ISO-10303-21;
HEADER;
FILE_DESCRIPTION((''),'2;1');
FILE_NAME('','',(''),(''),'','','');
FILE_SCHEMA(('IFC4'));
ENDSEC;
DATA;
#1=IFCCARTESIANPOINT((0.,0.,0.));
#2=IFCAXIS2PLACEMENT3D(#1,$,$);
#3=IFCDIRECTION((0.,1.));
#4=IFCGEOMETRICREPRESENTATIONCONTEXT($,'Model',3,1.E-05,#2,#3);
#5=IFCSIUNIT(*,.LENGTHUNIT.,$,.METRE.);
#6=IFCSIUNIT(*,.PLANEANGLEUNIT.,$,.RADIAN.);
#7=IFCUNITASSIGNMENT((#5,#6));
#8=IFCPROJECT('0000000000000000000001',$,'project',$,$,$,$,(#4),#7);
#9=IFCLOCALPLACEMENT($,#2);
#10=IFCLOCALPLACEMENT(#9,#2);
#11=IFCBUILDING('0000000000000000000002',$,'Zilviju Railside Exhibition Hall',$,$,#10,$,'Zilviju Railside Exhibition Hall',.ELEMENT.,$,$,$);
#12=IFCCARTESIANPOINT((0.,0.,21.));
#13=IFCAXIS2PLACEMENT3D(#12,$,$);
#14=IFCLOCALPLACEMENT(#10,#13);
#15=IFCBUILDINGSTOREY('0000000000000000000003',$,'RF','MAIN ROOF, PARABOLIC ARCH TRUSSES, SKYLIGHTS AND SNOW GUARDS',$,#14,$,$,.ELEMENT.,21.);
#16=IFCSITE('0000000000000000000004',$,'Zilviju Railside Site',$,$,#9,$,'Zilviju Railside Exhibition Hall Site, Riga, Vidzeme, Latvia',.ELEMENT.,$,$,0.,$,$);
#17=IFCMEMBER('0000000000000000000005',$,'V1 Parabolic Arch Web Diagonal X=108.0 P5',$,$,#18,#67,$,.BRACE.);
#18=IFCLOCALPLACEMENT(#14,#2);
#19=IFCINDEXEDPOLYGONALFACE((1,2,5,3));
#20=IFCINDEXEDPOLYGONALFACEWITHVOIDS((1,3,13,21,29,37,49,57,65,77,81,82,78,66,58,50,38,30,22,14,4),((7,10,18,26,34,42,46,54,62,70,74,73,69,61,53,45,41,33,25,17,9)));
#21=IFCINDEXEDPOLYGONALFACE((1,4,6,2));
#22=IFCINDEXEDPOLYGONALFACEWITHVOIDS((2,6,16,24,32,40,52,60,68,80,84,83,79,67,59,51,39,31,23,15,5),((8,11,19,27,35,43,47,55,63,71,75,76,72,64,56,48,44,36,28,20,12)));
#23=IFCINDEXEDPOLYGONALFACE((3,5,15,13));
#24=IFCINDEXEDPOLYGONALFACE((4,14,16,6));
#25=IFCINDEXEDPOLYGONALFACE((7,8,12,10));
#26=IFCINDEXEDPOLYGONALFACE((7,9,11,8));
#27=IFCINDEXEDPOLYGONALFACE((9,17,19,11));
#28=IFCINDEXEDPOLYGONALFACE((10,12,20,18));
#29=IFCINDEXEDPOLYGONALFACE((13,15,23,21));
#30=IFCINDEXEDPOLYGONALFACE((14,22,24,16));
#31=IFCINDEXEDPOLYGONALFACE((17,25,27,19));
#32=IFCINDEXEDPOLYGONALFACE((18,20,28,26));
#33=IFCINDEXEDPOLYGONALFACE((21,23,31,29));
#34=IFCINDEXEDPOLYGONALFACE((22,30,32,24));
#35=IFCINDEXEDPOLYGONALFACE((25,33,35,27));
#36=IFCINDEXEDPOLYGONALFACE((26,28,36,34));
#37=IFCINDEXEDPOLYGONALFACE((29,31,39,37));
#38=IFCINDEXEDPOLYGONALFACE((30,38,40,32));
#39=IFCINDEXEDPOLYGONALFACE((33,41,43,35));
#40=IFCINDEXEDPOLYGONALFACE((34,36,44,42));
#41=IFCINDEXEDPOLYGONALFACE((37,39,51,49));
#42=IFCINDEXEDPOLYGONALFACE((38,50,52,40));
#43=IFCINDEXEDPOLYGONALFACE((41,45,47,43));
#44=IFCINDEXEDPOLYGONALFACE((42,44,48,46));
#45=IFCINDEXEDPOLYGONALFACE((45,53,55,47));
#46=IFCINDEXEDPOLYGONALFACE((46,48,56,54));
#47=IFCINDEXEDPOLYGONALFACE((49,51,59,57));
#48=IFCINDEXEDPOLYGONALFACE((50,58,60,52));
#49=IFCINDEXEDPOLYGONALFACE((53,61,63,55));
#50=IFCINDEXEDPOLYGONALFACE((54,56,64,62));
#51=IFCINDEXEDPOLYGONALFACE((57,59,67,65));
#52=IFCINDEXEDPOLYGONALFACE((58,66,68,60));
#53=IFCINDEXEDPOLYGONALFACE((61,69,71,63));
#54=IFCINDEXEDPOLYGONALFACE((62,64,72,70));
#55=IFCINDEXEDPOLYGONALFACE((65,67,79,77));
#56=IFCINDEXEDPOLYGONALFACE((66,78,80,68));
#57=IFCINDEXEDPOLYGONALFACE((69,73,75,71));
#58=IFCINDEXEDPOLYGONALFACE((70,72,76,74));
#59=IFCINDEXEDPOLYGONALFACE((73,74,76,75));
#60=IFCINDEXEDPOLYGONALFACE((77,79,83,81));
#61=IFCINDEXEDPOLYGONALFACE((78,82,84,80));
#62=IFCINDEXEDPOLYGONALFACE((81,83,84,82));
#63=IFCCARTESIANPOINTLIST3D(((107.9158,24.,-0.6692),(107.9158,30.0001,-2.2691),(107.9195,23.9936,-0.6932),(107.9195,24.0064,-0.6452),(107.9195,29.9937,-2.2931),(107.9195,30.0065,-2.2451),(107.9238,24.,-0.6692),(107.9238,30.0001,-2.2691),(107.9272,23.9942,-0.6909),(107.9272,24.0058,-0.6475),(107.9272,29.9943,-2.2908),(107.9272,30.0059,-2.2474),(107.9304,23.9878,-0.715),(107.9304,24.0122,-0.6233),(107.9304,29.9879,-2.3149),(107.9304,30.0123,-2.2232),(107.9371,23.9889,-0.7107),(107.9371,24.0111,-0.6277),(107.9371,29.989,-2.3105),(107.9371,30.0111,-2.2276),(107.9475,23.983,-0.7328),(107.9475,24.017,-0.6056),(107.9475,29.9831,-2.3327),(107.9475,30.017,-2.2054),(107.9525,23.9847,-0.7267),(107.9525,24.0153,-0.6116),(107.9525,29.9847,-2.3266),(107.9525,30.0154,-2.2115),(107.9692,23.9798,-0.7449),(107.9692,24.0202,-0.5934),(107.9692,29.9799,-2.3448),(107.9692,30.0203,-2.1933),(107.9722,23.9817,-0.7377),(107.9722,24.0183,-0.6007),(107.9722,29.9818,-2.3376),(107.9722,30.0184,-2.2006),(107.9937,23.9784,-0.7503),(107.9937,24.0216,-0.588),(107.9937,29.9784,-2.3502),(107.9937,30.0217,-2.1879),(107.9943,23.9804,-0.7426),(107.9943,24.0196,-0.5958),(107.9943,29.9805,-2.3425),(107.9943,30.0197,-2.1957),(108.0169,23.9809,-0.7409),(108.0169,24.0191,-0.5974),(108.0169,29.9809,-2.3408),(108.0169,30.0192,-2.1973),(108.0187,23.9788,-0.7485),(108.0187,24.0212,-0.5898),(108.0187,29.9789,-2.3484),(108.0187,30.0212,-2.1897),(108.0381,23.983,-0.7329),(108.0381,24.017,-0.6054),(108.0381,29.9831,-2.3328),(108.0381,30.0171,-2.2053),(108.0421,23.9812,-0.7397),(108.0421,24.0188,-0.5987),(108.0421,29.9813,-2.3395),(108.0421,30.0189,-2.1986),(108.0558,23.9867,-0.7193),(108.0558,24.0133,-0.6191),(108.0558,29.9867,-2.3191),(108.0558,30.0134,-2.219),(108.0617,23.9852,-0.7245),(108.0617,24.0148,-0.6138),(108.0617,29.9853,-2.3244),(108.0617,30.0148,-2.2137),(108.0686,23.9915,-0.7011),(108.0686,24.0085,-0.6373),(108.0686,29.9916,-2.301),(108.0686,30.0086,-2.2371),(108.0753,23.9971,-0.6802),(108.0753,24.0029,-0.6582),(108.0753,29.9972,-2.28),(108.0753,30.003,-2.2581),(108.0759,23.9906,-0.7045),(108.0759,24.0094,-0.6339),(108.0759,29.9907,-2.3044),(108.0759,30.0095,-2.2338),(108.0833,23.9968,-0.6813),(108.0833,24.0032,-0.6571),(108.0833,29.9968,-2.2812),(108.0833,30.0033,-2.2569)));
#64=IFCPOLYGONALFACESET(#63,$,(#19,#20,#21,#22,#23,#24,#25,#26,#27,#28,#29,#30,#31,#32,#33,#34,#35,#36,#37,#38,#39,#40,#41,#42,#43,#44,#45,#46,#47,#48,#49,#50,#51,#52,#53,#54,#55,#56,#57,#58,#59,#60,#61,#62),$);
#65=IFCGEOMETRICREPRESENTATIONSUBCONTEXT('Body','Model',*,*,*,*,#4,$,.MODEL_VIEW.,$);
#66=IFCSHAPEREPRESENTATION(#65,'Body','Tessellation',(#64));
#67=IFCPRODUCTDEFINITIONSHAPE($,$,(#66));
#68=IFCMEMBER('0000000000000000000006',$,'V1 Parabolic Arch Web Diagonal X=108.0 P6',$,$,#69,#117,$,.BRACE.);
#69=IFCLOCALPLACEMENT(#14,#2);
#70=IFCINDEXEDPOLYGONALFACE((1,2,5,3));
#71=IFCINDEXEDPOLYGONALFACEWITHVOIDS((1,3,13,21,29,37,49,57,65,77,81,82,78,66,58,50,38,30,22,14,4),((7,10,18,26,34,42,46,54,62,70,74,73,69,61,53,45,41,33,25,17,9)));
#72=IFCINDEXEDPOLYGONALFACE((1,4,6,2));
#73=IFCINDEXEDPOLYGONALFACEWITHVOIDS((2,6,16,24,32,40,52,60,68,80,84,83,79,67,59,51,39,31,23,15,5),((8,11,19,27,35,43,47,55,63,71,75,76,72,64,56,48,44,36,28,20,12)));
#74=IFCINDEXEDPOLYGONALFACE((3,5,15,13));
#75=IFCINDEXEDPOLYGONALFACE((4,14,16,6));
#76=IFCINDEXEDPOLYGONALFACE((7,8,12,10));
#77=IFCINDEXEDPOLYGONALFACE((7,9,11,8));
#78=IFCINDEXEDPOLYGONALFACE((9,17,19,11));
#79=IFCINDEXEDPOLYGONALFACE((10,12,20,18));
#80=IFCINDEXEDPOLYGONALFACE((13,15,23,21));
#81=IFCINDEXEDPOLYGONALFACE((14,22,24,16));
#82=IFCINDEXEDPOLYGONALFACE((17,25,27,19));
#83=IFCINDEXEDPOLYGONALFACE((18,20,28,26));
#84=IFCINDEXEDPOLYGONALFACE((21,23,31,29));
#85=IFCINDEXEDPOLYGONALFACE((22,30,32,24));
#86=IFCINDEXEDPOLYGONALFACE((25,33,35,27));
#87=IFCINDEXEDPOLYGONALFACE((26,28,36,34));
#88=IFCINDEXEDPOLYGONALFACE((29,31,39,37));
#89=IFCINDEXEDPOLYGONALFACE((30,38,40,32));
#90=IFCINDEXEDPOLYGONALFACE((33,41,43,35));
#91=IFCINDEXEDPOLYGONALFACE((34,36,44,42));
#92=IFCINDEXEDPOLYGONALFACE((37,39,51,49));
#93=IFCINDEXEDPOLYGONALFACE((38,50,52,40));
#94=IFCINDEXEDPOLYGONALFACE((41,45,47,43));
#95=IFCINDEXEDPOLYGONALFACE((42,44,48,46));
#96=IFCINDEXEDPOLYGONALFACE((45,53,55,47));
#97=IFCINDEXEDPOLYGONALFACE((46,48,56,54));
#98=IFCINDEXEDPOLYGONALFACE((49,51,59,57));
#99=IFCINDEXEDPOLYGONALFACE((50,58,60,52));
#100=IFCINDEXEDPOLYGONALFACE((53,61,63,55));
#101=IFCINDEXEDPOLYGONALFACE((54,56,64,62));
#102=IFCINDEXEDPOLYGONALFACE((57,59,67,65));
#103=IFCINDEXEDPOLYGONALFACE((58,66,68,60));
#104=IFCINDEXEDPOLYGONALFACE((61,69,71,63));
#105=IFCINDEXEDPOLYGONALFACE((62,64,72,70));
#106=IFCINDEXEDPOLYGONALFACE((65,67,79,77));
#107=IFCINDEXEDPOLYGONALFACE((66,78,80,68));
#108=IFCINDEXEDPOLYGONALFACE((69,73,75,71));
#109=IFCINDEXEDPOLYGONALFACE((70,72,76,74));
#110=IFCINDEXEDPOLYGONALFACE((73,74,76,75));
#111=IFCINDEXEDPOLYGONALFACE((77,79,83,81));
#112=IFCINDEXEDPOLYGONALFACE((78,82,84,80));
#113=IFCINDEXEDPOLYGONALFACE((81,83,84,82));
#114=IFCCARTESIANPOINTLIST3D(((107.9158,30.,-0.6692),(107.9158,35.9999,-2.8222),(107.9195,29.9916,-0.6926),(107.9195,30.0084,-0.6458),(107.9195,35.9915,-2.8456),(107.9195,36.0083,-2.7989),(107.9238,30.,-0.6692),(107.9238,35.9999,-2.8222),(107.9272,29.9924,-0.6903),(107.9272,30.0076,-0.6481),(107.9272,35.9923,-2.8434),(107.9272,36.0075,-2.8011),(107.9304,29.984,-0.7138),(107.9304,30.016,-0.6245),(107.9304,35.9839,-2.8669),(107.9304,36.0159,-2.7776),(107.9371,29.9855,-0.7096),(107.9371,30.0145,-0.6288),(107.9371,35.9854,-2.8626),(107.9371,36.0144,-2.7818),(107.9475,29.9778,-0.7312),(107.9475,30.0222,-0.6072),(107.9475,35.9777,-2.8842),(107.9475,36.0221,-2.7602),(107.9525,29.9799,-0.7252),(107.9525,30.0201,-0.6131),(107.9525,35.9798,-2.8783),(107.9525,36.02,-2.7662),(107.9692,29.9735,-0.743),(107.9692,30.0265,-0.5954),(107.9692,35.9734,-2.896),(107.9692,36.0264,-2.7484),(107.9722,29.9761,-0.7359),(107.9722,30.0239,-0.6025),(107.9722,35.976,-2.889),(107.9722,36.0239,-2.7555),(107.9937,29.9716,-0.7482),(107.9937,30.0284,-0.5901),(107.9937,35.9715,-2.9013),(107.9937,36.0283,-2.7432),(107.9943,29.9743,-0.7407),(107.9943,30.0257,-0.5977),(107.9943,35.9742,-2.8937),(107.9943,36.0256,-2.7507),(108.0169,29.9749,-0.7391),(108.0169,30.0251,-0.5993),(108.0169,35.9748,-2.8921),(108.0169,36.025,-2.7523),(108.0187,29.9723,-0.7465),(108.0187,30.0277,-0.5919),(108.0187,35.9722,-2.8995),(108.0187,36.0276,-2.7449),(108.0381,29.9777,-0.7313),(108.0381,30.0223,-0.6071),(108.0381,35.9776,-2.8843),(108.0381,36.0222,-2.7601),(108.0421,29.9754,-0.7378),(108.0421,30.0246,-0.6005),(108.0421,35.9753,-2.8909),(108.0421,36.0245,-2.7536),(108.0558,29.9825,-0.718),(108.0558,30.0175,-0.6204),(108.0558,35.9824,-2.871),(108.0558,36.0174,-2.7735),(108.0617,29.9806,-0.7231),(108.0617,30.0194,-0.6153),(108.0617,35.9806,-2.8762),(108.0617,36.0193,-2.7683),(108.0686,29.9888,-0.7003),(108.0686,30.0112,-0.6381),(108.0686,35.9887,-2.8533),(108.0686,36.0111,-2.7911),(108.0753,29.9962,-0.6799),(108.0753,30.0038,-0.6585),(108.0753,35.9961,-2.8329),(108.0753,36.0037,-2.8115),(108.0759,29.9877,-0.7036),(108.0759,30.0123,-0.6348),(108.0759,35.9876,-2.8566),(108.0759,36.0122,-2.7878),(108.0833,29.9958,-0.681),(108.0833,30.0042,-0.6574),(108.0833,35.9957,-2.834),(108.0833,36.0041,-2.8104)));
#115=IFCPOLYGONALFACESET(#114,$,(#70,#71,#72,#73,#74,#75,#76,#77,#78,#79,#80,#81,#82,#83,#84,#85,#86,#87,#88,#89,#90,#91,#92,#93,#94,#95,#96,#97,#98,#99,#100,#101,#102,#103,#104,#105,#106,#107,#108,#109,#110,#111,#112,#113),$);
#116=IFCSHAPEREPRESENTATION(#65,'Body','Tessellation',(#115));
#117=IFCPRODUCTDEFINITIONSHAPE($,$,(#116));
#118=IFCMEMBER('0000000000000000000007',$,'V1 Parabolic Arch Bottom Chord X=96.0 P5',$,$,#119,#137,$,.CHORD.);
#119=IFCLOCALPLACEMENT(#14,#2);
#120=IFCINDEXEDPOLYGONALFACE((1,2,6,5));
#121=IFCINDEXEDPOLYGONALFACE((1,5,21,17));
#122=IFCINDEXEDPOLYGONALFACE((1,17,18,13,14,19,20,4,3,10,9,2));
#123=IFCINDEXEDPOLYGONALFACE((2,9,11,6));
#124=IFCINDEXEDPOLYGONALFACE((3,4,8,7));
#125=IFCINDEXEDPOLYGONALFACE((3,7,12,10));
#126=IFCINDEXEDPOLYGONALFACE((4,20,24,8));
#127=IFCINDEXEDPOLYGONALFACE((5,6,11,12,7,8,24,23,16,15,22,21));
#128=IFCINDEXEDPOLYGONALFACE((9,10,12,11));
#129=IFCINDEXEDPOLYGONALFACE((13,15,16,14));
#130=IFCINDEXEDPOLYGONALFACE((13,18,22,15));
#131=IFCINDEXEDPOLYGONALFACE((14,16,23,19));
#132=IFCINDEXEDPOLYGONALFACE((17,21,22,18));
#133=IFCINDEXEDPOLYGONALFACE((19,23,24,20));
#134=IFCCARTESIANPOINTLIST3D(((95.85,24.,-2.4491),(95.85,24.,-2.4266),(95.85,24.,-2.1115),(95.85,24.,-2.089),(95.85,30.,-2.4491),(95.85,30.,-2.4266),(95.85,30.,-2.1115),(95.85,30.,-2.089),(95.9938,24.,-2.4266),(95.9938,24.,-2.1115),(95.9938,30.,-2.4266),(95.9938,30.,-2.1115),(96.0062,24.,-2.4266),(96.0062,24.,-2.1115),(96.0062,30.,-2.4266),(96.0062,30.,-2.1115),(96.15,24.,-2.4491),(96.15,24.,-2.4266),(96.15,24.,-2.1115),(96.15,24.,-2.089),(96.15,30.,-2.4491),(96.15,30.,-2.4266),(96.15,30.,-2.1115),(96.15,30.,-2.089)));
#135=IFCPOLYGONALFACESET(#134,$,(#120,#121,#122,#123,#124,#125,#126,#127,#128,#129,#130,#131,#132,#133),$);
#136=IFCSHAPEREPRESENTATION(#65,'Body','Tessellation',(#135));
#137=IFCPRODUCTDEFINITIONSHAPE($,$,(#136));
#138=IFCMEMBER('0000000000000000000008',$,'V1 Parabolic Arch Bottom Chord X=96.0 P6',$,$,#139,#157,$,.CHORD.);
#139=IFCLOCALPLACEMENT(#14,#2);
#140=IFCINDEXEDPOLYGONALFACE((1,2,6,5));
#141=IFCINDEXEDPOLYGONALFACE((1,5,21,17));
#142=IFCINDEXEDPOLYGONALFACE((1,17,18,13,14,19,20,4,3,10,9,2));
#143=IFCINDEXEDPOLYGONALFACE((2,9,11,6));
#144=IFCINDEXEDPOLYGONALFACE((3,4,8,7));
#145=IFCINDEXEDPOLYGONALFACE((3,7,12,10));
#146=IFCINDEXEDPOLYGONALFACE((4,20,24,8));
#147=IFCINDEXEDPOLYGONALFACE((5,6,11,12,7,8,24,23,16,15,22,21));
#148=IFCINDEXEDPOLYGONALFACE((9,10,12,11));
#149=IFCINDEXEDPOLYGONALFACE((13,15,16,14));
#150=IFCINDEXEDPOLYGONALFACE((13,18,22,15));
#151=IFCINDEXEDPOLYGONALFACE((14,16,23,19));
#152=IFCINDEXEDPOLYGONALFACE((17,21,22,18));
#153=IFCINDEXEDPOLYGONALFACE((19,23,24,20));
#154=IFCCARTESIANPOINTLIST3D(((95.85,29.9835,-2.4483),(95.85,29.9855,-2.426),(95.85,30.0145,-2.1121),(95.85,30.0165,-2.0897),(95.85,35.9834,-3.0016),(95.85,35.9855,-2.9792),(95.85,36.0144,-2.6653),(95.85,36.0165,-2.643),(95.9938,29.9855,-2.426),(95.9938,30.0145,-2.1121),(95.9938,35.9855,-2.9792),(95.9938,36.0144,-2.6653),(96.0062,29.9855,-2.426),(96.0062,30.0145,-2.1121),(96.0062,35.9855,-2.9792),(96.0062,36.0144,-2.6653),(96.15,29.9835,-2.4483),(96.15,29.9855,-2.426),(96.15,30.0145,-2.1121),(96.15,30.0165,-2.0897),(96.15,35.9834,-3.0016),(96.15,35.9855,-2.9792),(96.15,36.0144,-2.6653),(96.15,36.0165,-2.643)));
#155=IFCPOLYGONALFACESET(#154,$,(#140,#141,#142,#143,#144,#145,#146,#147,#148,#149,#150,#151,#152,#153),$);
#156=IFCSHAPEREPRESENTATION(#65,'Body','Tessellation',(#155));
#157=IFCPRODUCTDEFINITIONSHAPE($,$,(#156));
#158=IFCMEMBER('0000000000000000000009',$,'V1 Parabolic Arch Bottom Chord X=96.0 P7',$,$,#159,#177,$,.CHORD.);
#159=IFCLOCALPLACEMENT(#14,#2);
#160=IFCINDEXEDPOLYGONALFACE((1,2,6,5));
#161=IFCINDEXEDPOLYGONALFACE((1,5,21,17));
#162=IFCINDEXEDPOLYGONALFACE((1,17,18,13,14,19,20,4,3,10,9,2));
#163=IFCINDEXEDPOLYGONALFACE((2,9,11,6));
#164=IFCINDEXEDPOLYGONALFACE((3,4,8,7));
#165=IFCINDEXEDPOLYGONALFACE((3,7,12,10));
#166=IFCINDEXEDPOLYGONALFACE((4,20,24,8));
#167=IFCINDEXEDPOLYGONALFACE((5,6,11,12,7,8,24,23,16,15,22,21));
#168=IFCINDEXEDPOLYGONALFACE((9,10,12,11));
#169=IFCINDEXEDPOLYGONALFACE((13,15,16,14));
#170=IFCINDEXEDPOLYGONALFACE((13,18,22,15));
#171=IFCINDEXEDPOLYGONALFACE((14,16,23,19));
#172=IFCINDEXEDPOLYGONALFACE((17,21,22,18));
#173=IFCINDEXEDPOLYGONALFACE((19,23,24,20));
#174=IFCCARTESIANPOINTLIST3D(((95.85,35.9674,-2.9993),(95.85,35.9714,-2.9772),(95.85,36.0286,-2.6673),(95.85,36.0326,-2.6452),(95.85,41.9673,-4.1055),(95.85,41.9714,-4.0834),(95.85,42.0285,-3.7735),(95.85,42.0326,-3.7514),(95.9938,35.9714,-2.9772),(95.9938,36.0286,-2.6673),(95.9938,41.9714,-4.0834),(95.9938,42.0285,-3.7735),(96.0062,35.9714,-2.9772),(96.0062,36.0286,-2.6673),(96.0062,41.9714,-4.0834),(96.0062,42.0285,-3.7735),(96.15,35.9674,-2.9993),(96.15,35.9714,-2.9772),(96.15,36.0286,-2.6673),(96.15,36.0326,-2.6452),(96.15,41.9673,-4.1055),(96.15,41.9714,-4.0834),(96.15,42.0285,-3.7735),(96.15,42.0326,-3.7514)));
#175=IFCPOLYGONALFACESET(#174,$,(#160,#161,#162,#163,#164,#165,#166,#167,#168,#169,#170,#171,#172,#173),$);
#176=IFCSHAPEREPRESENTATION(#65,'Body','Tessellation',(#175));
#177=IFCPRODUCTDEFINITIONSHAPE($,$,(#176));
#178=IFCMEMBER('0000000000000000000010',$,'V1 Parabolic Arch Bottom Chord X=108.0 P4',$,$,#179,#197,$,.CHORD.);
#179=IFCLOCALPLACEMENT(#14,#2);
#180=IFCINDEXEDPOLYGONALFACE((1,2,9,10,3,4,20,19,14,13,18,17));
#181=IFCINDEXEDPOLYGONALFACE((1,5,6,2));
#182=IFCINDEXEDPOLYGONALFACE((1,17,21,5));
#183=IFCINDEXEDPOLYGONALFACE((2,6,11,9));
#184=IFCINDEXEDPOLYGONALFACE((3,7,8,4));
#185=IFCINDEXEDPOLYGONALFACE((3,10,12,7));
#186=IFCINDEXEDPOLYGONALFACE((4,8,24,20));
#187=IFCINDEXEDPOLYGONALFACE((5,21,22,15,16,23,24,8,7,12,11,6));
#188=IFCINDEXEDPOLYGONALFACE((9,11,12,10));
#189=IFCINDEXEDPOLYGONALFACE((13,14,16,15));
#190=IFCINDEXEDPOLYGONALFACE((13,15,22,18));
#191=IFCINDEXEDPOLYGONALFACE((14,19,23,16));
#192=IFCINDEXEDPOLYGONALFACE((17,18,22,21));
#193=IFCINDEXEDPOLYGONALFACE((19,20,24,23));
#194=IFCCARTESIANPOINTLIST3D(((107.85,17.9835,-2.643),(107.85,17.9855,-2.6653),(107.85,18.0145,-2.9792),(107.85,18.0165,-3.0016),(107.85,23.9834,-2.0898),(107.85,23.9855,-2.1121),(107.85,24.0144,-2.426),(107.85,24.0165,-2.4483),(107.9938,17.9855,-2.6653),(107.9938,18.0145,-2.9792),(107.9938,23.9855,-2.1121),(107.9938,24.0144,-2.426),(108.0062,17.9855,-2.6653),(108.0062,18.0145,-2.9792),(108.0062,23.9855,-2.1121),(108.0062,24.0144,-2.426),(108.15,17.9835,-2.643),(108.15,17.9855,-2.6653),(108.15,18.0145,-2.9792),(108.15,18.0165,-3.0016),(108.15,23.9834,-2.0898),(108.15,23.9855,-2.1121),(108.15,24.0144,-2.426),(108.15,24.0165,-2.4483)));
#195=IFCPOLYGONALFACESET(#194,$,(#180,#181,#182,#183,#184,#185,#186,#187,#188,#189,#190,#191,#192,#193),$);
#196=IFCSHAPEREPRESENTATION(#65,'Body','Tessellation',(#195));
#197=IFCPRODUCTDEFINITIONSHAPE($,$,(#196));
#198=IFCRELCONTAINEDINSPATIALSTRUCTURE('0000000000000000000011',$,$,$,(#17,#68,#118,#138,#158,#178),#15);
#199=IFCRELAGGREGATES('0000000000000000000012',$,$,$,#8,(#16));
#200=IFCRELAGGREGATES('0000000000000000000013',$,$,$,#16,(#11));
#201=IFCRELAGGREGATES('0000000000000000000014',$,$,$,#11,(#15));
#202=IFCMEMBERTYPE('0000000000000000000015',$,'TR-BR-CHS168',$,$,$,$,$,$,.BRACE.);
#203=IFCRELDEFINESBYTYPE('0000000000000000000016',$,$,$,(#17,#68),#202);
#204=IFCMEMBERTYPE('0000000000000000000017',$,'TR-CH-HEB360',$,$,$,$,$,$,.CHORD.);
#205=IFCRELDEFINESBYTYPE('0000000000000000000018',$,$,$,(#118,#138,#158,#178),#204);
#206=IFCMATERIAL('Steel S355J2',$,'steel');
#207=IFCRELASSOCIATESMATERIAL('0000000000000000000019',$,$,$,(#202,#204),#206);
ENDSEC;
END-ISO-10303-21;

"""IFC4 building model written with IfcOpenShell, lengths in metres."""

from ifc_helpers import new_model, si_unit, direction, frame, origin, origin_2d, place, context, subcontext, project, spatial, hollow_circle, i_section, extrude, material, material_profile, profile_set, type_object, element, save


model = new_model("IFC4")

# Units and contexts
model_context = context("Model", 3, precision=1e-05, world=origin(), true_north=direction((0.0, 1.0)))
body_context = subcontext(model_context, "Body", "Model", "MODEL_VIEW")
ifc_project = project(units=[si_unit("LENGTHUNIT", "METRE"), si_unit("PLANEANGLEUNIT", "RADIAN")], contexts=[model_context])

# Site, building, storey
site_placement = place(None, origin())
site = spatial("IfcSite", under=ifc_project, at=site_placement, Name="Zilviju Railside Site", LongName="Zilviju Railside Exhibition Hall Site, Riga, Vidzeme, Latvia", CompositionType="ELEMENT", RefElevation=0.0)
building_placement = place(site_placement, origin())
building = spatial("IfcBuilding", under=site, at=building_placement, Name="Zilviju Railside Exhibition Hall", LongName="Zilviju Railside Exhibition Hall", CompositionType="ELEMENT")
storey_placement = place(building_placement, frame((0.0, 0.0, 21.0)))
storey = spatial("IfcBuildingStorey", under=building, at=storey_placement, Name="RF", Description="MAIN ROOF, PARABOLIC ARCH TRUSSES, SKYLIGHTS AND SNOW GUARDS", CompositionType="ELEMENT", Elevation=21.0)

# Members
ifc_material_1 = material(Name="Steel S355J2", Category="steel")
ifc_material_profile_1 = material_profile(ifc_material_1, hollow_circle(Radius=0.0842, WallThickness=0.0081, at=origin_2d()), Name="CHS 168.3x8.0")
ifc_profile_set_1 = profile_set([ifc_material_profile_1], Name="Steel S355J2")
member_type_1 = type_object("IfcMemberType", Name="TR-BR-CHS168", PredefinedType="BRACE", material=ifc_profile_set_1)
member_1_placement = place(storey_placement, frame((108.0, 24.0, -0.6692), z_axis=(0.0, 0.966241, -0.257641), x_axis=(-1.0, 0.0, 0.0)))
element("IfcMember", 1, at=member_1_placement, inside=storey, type_object=member_type_1, Name="V1 Parabolic Arch Web Diagonal X=108.0 P5", PredefinedType="BRACE", context=body_context, shape_type="SweptSolid", body=[
    extrude(hollow_circle(Radius=0.0842, WallThickness=0.0081, at=origin_2d()), origin(), (0.0, 0.0, 1.0), 6.2097),
])
member_2_placement = place(storey_placement, frame((108.0, 30.0, -0.6692), z_axis=(0.0, 0.941233, -0.337758), x_axis=(-1.0, 0.0, 0.0)))
element("IfcMember", 2, at=member_2_placement, inside=storey, type_object=member_type_1, Name="V1 Parabolic Arch Web Diagonal X=108.0 P6", PredefinedType="BRACE", context=body_context, shape_type="SweptSolid", body=[
    extrude(hollow_circle(Radius=0.0842, WallThickness=0.0081, at=origin_2d()), origin(), (0.0, 0.0, 1.0), 6.3745),
])
ifc_material_profile_2 = material_profile(ifc_material_1, i_section(OverallWidth=0.3, OverallDepth=0.3601, WebThickness=0.0125, FlangeThickness=0.0225, at=origin_2d()), Name="HEB 360")
ifc_profile_set_2 = profile_set([ifc_material_profile_2], Name="Steel S355J2")
member_type_2 = type_object("IfcMemberType", Name="TR-CH-HEB360", PredefinedType="CHORD", material=ifc_profile_set_2)
member_3_placement = place(storey_placement, frame((96.0, 24.0, -2.269), z_axis=(0.0, 1.0, 0.0), x_axis=(-1.0, 0.0, 0.0)))
element("IfcMember", 3, at=member_3_placement, inside=storey, type_object=member_type_2, Name="V1 Parabolic Arch Bottom Chord X=96.0 P5", PredefinedType="CHORD", context=body_context, shape_type="SweptSolid", body=[
    extrude(i_section(OverallWidth=0.3, OverallDepth=0.3601, WebThickness=0.0125, FlangeThickness=0.0225, at=origin_2d()), origin(), (0.0, 0.0, 1.0), 6.0),
])
member_4_placement = place(storey_placement, frame((96.0, 30.0, -2.269), z_axis=(0.0, 0.995776, -0.091814), x_axis=(-1.0, 0.0, 0.0)))
element("IfcMember", 4, at=member_4_placement, inside=storey, type_object=member_type_2, Name="V1 Parabolic Arch Bottom Chord X=96.0 P6", PredefinedType="CHORD", context=body_context, shape_type="SweptSolid", body=[
    extrude(i_section(OverallWidth=0.3, OverallDepth=0.3601, WebThickness=0.0125, FlangeThickness=0.0225, at=origin_2d()), origin(), (0.0, 0.0, 1.0), 6.0254),
])
member_5_placement = place(storey_placement, frame((96.0, 36.0, -2.8223), z_axis=(0.0, 0.983426, -0.181311), x_axis=(-1.0, 0.0, 0.0)))
element("IfcMember", 5, at=member_5_placement, inside=storey, type_object=member_type_2, Name="V1 Parabolic Arch Bottom Chord X=96.0 P7", PredefinedType="CHORD", context=body_context, shape_type="SweptSolid", body=[
    extrude(i_section(OverallWidth=0.3, OverallDepth=0.3601, WebThickness=0.0125, FlangeThickness=0.0225, at=origin_2d()), origin(), (0.0, 0.0, 1.0), 6.1011),
])
member_6_placement = place(storey_placement, frame((108.0, 18.0, -2.8223), z_axis=(0.0, 0.995776, 0.091814), x_axis=(-1.0, 0.0, 0.0)))
element("IfcMember", 6, at=member_6_placement, inside=storey, type_object=member_type_2, Name="V1 Parabolic Arch Bottom Chord X=108.0 P4", PredefinedType="CHORD", context=body_context, shape_type="SweptSolid", body=[
    extrude(i_section(OverallWidth=0.3, OverallDepth=0.3601, WebThickness=0.0125, FlangeThickness=0.0225, at=origin_2d()), origin(), (0.0, 0.0, 1.0), 6.0254),
])

save(model, "model.ifc")
